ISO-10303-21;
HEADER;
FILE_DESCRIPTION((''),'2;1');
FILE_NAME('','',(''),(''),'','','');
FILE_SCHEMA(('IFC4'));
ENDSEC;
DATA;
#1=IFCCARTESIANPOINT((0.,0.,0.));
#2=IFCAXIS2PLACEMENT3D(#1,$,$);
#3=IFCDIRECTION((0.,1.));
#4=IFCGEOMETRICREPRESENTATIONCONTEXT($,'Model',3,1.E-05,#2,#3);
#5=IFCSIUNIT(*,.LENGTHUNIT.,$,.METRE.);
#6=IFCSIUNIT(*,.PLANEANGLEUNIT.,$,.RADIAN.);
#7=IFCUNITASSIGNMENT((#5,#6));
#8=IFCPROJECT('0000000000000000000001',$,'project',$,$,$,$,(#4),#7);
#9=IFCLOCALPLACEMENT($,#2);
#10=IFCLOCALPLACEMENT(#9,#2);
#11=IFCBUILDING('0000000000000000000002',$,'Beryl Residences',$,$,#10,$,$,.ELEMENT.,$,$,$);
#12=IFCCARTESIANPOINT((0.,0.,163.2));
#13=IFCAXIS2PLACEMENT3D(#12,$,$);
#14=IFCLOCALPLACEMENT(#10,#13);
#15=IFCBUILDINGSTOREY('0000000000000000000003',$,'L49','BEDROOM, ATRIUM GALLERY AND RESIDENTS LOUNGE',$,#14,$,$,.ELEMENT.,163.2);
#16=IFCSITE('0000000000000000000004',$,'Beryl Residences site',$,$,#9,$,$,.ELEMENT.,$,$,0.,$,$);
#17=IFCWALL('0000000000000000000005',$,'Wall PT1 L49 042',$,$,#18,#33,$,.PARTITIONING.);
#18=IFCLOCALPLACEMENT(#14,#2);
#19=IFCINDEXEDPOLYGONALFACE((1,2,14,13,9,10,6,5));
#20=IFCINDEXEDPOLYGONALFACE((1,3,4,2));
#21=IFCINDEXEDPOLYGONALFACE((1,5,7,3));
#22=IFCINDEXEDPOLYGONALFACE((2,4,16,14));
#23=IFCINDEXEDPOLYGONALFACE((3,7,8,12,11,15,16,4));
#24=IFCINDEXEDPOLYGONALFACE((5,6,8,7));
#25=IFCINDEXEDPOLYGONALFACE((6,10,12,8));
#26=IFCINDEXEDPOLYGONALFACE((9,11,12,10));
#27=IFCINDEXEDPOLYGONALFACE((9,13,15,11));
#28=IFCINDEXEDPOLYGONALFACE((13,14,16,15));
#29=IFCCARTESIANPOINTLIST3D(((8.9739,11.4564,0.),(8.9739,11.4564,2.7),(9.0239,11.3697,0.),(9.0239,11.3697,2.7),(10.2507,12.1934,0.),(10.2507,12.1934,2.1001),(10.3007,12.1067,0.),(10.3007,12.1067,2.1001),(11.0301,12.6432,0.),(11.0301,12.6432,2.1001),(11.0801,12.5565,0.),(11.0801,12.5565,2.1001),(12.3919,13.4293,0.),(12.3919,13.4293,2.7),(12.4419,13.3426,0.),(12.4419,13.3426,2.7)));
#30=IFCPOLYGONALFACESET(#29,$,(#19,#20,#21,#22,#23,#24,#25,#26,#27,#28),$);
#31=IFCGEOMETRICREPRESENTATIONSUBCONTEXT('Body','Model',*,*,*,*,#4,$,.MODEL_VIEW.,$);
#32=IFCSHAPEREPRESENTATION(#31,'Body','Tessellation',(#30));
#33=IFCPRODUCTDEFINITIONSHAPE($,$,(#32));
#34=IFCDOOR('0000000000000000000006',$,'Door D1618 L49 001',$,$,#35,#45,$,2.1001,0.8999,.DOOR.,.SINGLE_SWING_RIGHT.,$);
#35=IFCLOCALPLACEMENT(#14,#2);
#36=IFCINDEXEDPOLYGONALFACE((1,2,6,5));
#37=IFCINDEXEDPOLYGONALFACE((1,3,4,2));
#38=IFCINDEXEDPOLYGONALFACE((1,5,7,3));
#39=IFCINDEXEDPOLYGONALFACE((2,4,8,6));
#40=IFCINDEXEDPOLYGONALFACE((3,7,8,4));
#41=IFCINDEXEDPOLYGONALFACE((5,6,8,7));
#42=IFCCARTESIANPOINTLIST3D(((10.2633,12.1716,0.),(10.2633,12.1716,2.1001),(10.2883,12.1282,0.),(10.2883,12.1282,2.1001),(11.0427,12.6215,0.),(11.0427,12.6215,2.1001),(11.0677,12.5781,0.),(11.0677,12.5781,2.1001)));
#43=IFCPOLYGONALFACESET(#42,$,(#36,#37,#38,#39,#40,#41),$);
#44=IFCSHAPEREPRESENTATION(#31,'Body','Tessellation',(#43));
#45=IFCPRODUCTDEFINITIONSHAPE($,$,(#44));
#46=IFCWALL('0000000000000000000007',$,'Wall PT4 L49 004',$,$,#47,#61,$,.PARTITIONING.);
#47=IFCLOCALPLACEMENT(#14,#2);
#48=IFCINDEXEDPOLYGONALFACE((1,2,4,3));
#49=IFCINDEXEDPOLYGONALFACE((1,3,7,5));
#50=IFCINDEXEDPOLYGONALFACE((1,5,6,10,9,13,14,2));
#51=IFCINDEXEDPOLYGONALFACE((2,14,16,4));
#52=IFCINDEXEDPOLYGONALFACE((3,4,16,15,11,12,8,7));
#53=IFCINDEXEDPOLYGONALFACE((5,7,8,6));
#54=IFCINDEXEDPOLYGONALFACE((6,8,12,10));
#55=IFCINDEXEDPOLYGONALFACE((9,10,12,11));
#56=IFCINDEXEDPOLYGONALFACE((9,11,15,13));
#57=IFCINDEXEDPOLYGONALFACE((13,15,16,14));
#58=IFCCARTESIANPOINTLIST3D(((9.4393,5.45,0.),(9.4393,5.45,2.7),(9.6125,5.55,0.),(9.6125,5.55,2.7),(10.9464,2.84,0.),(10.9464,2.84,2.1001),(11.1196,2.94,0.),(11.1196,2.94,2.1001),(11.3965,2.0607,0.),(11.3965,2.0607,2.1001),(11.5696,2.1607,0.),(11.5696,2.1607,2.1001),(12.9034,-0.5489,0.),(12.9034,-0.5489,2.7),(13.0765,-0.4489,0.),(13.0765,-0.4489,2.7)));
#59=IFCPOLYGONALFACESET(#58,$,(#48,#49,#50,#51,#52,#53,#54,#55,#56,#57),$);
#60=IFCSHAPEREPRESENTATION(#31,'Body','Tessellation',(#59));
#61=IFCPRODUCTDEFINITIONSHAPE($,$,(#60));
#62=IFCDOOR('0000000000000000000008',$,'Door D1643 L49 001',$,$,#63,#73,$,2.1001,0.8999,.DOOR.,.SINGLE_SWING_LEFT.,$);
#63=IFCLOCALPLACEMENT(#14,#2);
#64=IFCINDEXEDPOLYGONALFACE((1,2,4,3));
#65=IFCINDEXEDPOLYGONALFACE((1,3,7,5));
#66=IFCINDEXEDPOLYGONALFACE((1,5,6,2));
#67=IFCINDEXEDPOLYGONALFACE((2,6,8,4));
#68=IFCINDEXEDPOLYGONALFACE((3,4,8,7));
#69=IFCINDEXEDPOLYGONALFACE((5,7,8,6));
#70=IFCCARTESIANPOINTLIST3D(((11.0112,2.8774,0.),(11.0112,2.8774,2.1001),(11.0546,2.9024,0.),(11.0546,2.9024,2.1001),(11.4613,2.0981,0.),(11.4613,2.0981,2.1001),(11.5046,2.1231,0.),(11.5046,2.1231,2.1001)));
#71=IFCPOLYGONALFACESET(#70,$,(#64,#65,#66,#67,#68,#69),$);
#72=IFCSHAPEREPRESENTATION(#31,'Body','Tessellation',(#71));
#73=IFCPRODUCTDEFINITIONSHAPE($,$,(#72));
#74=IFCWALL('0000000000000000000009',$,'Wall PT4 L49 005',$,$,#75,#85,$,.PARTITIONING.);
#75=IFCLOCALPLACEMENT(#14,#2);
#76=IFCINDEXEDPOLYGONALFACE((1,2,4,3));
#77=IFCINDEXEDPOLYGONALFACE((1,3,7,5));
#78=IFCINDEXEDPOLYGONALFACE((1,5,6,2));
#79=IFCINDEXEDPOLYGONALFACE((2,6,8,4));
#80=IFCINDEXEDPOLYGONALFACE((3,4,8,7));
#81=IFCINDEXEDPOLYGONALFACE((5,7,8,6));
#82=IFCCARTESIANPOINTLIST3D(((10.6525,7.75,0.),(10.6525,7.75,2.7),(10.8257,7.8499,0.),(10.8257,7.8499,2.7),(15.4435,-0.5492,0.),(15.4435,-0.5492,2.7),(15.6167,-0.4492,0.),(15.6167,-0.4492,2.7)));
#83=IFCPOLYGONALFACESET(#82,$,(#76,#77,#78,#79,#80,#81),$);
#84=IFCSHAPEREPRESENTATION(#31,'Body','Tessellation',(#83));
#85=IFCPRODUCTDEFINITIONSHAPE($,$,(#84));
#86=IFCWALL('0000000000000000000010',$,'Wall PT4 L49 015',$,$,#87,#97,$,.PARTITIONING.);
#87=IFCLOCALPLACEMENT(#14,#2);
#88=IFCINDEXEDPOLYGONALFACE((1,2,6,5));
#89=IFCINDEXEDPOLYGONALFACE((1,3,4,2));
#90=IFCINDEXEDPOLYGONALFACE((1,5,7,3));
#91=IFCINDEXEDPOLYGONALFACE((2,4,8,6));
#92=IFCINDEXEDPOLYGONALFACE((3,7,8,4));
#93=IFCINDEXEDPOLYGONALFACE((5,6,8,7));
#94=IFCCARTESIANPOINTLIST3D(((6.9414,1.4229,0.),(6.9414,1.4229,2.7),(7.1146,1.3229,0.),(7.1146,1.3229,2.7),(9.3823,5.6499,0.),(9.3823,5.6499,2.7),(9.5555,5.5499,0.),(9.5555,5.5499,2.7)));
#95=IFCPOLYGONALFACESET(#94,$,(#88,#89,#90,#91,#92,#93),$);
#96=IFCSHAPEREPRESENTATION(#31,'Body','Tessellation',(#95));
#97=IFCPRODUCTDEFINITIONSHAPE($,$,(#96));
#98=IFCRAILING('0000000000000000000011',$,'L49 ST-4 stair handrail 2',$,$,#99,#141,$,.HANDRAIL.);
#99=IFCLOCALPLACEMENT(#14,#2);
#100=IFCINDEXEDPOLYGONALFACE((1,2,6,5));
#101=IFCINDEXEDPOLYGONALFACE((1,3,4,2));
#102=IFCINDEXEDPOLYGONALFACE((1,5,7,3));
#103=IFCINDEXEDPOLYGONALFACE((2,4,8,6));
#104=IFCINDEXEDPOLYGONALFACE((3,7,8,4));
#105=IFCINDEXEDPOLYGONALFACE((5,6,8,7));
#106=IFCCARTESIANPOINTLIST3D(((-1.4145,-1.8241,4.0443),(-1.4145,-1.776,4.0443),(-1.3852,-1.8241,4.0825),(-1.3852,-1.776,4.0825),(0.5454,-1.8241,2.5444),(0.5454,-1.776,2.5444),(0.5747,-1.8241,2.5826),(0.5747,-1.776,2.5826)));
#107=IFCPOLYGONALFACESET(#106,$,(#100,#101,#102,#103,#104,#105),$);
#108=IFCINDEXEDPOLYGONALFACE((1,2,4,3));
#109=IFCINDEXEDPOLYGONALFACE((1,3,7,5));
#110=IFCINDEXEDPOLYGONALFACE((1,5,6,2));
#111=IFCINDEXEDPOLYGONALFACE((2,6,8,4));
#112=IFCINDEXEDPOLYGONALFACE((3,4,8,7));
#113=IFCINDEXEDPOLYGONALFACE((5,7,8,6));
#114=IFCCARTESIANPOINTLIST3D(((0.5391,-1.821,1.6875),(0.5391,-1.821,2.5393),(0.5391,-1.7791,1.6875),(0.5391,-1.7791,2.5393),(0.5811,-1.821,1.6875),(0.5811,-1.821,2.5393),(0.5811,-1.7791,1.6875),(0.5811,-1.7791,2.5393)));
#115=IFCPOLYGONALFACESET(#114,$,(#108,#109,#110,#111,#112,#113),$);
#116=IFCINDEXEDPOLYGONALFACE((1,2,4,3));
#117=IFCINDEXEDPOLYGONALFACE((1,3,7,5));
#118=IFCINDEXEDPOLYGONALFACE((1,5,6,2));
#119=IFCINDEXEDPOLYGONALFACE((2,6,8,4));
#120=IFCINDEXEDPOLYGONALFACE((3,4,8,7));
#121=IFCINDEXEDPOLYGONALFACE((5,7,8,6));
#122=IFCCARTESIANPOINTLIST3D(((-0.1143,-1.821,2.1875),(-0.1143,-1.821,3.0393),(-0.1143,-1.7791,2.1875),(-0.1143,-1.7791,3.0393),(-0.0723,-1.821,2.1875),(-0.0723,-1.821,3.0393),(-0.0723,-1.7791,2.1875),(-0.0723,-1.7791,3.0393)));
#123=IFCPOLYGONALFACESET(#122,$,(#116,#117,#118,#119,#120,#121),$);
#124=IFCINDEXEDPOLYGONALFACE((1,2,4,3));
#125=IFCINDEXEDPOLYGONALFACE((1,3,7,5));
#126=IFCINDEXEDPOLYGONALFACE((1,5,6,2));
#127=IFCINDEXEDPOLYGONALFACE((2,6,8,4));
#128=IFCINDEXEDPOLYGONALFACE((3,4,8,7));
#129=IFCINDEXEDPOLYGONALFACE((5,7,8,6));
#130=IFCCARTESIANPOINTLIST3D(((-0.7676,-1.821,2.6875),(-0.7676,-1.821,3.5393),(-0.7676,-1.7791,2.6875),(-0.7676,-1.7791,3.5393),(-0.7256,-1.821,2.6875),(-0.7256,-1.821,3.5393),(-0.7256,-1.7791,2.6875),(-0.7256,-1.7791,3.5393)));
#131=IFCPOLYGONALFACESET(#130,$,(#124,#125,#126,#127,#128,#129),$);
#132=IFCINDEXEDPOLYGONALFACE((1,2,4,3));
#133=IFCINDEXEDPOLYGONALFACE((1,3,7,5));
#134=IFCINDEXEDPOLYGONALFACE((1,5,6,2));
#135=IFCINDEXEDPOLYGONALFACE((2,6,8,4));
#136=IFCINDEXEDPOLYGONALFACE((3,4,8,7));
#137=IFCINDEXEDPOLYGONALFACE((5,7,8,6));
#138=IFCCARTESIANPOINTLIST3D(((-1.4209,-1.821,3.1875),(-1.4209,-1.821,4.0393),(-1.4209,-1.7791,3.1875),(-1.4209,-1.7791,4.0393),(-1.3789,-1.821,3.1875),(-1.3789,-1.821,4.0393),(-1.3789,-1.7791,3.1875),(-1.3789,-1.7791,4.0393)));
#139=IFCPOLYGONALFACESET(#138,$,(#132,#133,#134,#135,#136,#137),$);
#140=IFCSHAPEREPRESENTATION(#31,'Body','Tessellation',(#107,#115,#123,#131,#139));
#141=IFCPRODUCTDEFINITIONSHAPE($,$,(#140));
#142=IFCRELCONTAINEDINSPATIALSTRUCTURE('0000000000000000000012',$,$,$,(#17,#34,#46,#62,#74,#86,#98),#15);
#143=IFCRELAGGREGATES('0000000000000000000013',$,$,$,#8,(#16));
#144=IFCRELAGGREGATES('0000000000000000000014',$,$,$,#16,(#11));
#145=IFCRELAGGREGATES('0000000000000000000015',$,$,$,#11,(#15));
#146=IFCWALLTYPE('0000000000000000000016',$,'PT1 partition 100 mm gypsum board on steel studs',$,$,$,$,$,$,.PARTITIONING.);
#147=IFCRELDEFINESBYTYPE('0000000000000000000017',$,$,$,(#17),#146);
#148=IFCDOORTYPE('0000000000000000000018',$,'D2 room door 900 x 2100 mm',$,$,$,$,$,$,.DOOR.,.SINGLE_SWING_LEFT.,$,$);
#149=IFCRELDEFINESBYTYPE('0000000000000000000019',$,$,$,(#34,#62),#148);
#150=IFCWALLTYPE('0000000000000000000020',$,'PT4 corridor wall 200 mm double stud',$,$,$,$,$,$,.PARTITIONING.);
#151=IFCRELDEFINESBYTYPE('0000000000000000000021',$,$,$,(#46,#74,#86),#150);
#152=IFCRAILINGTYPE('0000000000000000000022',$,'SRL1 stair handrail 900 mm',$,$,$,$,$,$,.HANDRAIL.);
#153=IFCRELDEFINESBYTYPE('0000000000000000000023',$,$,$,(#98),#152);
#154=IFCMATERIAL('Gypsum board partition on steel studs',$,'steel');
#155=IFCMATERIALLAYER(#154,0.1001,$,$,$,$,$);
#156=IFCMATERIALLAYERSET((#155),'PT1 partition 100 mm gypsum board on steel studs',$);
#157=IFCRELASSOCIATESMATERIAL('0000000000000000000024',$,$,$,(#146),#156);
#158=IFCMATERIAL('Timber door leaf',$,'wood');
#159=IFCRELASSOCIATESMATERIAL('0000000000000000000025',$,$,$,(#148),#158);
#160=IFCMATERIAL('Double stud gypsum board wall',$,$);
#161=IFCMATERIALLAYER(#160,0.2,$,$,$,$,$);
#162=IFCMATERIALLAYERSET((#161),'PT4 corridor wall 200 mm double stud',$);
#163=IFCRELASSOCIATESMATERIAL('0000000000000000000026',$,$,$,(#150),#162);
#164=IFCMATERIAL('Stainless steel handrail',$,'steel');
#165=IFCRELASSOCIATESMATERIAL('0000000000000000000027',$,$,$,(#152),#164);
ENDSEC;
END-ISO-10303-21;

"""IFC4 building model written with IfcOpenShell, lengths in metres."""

from ifc_helpers import new_model, si_unit, direction, frame, frame_2d, origin, origin_2d, place, context, subcontext, project, spatial, rectangle, extrude, material, layer, layer_set, type_object, element, fill, save


model = new_model("IFC4")

# Units and contexts
model_context = context("Model", 3, precision=1e-05, world=origin(), true_north=direction((0.0, 1.0)))
body_context = subcontext(model_context, "Body", "Model", "MODEL_VIEW")
ifc_project = project(units=[si_unit("LENGTHUNIT", "METRE"), si_unit("PLANEANGLEUNIT", "RADIAN")], contexts=[model_context])

# Site, building, storey
site_placement = place(None, origin())
site = spatial("IfcSite", under=ifc_project, at=site_placement, Name="Beryl Residences site", CompositionType="ELEMENT", RefElevation=0.0)
building_placement = place(site_placement, origin())
building = spatial("IfcBuilding", under=site, at=building_placement, Name="Beryl Residences", CompositionType="ELEMENT")
storey_placement = place(building_placement, frame((0.0, 0.0, 163.2)))
storey = spatial("IfcBuildingStorey", under=building, at=storey_placement, Name="L49", Description="BEDROOM, ATRIUM GALLERY AND RESIDENTS LOUNGE", CompositionType="ELEMENT", Elevation=163.2)

# Walls, openings, doors
ifc_material_1 = material(Name="Gypsum board partition on steel studs", Category="steel")
ifc_layer_1 = layer(ifc_material_1, 0.1001)
ifc_layer_set_1 = layer_set([ifc_layer_1], Name="PT1 partition 100 mm gypsum board on steel studs")
wall_type_1 = type_object("IfcWallType", Name="PT1 partition 100 mm gypsum board on steel studs", PredefinedType="PARTITIONING", material=ifc_layer_set_1)
ifc_material_2 = material(Name="Timber door leaf", Category="wood")
door_type_1 = type_object("IfcDoorType", Name="D2 room door 900 x 2100 mm", OperationType="SINGLE_SWING_LEFT", PredefinedType="DOOR", material=ifc_material_2)
wall_1_placement = place(storey_placement, frame((8.999, 11.4131, 0.0), z_axis=(0.0, 0.0, 1.0), x_axis=(0.866076, 0.499912, 0.0)))
wall_1 = element("IfcWall", 1, at=wall_1_placement, inside=storey, type_object=wall_type_1, Name="Wall PT1 L49 042", PredefinedType="PARTITIONING", context=body_context, shape_type="SweptSolid", body=[
    extrude(rectangle(XDim=3.9465, YDim=0.1001, at=frame_2d((1.9731, 0.0))), origin(), (0.0, 0.0, 1.0), 2.7),
])
opening_1_placement = place(wall_1_placement, frame((1.4741, 0.0, 0.0)))
opening_1 = element("IfcOpeningElement", 2, at=opening_1_placement, cuts=wall_1, PredefinedType="OPENING", context=body_context, shape_type="SweptSolid", body=[
    extrude(rectangle(XDim=0.8999, YDim=2.1001, at=frame_2d((0.45, 1.05))), frame((0.0, 0.0601, 0.0), z_axis=(0.0, -1.0, 0.0), x_axis=(1.0, 0.0, 0.0)), (0.0, 0.0, 1.0), 0.1201),
])
door_1_placement = place(opening_1_placement, origin())
door_1 = element("IfcDoor", 3, at=door_1_placement, inside=storey, type_object=door_type_1, Name="Door D1618 L49 001", OperationType="SINGLE_SWING_RIGHT", OverallHeight=2.1001, OverallWidth=0.8999, PredefinedType="DOOR", context=body_context, shape_type="SweptSolid", body=[
    extrude(rectangle(XDim=0.8999, YDim=2.1001, at=frame_2d((0.45, 1.05))), frame((0.0, 0.0249, 0.0), z_axis=(0.0, -1.0, 0.0), x_axis=(1.0, 0.0, 0.0)), (0.0, 0.0, 1.0), 0.05),
])
fill(opening_1, door_1)
ifc_material_3 = material(Name="Double stud gypsum board wall")
ifc_layer_2 = layer(ifc_material_3, 0.2)
ifc_layer_set_2 = layer_set([ifc_layer_2], Name="PT4 corridor wall 200 mm double stud")
wall_type_2 = type_object("IfcWallType", Name="PT4 corridor wall 200 mm double stud", PredefinedType="PARTITIONING", material=ifc_layer_set_2)
wall_2_placement = place(storey_placement, frame((9.5259, 5.5, 0.0), z_axis=(0.0, 0.0, 1.0), x_axis=(0.500062, -0.86599, 0.0)))
wall_2 = element("IfcWall", 4, at=wall_2_placement, inside=storey, type_object=wall_type_2, Name="Wall PT4 L49 004", PredefinedType="PARTITIONING", context=body_context, shape_type="SweptSolid", body=[
    extrude(rectangle(XDim=6.9272, YDim=0.2, at=frame_2d((3.4636, 0.0))), origin(), (0.0, 0.0, 1.0), 2.7),
])
opening_2_placement = place(wall_2_placement, frame((3.0139, 0.0, 0.0)))
opening_2 = element("IfcOpeningElement", 5, at=opening_2_placement, cuts=wall_2, PredefinedType="OPENING", context=body_context, shape_type="SweptSolid", body=[
    extrude(rectangle(XDim=0.8999, YDim=2.1001, at=frame_2d((0.45, 1.05))), frame((0.0, 0.1099, 0.0), z_axis=(0.0, -1.0, 0.0), x_axis=(1.0, 0.0, 0.0)), (0.0, 0.0, 1.0), 0.22),
])
door_2_placement = place(opening_2_placement, origin())
door_2 = element("IfcDoor", 6, at=door_2_placement, inside=storey, type_object=door_type_1, Name="Door D1643 L49 001", OperationType="SINGLE_SWING_LEFT", OverallHeight=2.1001, OverallWidth=0.8999, PredefinedType="DOOR", context=body_context, shape_type="SweptSolid", body=[
    extrude(rectangle(XDim=0.8999, YDim=2.1001, at=frame_2d((0.45, 1.05))), frame((0.0, 0.0249, 0.0), z_axis=(0.0, -1.0, 0.0), x_axis=(1.0, 0.0, 0.0)), (0.0, 0.0, 1.0), 0.05),
])
fill(opening_2, door_2)

# Walls
wall_3_placement = place(storey_placement, frame((10.739, 7.8, 0.0), z_axis=(0.0, 0.0, 1.0), x_axis=(0.499964, -0.866046, 0.0)))
element("IfcWall", 7, at=wall_3_placement, inside=storey, type_object=wall_type_2, Name="Wall PT4 L49 005", PredefinedType="PARTITIONING", context=body_context, shape_type="SweptSolid", body=[
    extrude(rectangle(XDim=9.5828, YDim=0.2, at=frame_2d((4.7915, 0.0))), origin(), (0.0, 0.0, 1.0), 2.7),
])
wall_4_placement = place(storey_placement, frame((7.0281, 1.373, 0.0), z_axis=(0.0, 0.0, 1.0), x_axis=(0.500066, 0.865987, 0.0)))
element("IfcWall", 8, at=wall_4_placement, inside=storey, type_object=wall_type_2, Name="Wall PT4 L49 015", PredefinedType="PARTITIONING", context=body_context, shape_type="SweptSolid", body=[
    extrude(rectangle(XDim=4.8811, YDim=0.2, at=frame_2d((2.4404, 0.0))), origin(), (0.0, 0.0, 1.0), 2.7),
])

# Railing
ifc_material_4 = material(Name="Stainless steel handrail", Category="steel")
railing_type_1 = type_object("IfcRailingType", Name="SRL1 stair handrail 900 mm", PredefinedType="HANDRAIL", material=ifc_material_4)
railing_1_placement = place(storey_placement, frame((0.5601, -1.8, 1.6875)))
element("IfcRailing", 9, at=railing_1_placement, inside=storey, type_object=railing_type_1, Name="L49 ST-4 stair handrail 2", PredefinedType="HANDRAIL", context=body_context, shape_type="SweptSolid", body=[
    extrude(rectangle(XDim=0.0481, YDim=0.0481, at=origin_2d()), frame((0.0, 0.0, 0.876), z_axis=(-0.794122, 0.0, 0.607758), x_axis=(0.0, -1.0, 0.0)), (0.0, 0.0, 1.0), 2.468),
    extrude(rectangle(XDim=0.042, YDim=0.042, at=origin_2d()), origin(), (0.0, 0.0, 1.0), 0.8518),
    extrude(rectangle(XDim=0.042, YDim=0.042, at=origin_2d()), frame((-0.6533, 0.0, 0.5)), (0.0, 0.0, 1.0), 0.8518),
    extrude(rectangle(XDim=0.042, YDim=0.042, at=origin_2d()), frame((-1.3066, 0.0, 1.0)), (0.0, 0.0, 1.0), 0.8518),
    extrude(rectangle(XDim=0.042, YDim=0.042, at=origin_2d()), frame((-1.96, 0.0, 1.5)), (0.0, 0.0, 1.0), 0.8518),
])

save(model, "model.ifc")
